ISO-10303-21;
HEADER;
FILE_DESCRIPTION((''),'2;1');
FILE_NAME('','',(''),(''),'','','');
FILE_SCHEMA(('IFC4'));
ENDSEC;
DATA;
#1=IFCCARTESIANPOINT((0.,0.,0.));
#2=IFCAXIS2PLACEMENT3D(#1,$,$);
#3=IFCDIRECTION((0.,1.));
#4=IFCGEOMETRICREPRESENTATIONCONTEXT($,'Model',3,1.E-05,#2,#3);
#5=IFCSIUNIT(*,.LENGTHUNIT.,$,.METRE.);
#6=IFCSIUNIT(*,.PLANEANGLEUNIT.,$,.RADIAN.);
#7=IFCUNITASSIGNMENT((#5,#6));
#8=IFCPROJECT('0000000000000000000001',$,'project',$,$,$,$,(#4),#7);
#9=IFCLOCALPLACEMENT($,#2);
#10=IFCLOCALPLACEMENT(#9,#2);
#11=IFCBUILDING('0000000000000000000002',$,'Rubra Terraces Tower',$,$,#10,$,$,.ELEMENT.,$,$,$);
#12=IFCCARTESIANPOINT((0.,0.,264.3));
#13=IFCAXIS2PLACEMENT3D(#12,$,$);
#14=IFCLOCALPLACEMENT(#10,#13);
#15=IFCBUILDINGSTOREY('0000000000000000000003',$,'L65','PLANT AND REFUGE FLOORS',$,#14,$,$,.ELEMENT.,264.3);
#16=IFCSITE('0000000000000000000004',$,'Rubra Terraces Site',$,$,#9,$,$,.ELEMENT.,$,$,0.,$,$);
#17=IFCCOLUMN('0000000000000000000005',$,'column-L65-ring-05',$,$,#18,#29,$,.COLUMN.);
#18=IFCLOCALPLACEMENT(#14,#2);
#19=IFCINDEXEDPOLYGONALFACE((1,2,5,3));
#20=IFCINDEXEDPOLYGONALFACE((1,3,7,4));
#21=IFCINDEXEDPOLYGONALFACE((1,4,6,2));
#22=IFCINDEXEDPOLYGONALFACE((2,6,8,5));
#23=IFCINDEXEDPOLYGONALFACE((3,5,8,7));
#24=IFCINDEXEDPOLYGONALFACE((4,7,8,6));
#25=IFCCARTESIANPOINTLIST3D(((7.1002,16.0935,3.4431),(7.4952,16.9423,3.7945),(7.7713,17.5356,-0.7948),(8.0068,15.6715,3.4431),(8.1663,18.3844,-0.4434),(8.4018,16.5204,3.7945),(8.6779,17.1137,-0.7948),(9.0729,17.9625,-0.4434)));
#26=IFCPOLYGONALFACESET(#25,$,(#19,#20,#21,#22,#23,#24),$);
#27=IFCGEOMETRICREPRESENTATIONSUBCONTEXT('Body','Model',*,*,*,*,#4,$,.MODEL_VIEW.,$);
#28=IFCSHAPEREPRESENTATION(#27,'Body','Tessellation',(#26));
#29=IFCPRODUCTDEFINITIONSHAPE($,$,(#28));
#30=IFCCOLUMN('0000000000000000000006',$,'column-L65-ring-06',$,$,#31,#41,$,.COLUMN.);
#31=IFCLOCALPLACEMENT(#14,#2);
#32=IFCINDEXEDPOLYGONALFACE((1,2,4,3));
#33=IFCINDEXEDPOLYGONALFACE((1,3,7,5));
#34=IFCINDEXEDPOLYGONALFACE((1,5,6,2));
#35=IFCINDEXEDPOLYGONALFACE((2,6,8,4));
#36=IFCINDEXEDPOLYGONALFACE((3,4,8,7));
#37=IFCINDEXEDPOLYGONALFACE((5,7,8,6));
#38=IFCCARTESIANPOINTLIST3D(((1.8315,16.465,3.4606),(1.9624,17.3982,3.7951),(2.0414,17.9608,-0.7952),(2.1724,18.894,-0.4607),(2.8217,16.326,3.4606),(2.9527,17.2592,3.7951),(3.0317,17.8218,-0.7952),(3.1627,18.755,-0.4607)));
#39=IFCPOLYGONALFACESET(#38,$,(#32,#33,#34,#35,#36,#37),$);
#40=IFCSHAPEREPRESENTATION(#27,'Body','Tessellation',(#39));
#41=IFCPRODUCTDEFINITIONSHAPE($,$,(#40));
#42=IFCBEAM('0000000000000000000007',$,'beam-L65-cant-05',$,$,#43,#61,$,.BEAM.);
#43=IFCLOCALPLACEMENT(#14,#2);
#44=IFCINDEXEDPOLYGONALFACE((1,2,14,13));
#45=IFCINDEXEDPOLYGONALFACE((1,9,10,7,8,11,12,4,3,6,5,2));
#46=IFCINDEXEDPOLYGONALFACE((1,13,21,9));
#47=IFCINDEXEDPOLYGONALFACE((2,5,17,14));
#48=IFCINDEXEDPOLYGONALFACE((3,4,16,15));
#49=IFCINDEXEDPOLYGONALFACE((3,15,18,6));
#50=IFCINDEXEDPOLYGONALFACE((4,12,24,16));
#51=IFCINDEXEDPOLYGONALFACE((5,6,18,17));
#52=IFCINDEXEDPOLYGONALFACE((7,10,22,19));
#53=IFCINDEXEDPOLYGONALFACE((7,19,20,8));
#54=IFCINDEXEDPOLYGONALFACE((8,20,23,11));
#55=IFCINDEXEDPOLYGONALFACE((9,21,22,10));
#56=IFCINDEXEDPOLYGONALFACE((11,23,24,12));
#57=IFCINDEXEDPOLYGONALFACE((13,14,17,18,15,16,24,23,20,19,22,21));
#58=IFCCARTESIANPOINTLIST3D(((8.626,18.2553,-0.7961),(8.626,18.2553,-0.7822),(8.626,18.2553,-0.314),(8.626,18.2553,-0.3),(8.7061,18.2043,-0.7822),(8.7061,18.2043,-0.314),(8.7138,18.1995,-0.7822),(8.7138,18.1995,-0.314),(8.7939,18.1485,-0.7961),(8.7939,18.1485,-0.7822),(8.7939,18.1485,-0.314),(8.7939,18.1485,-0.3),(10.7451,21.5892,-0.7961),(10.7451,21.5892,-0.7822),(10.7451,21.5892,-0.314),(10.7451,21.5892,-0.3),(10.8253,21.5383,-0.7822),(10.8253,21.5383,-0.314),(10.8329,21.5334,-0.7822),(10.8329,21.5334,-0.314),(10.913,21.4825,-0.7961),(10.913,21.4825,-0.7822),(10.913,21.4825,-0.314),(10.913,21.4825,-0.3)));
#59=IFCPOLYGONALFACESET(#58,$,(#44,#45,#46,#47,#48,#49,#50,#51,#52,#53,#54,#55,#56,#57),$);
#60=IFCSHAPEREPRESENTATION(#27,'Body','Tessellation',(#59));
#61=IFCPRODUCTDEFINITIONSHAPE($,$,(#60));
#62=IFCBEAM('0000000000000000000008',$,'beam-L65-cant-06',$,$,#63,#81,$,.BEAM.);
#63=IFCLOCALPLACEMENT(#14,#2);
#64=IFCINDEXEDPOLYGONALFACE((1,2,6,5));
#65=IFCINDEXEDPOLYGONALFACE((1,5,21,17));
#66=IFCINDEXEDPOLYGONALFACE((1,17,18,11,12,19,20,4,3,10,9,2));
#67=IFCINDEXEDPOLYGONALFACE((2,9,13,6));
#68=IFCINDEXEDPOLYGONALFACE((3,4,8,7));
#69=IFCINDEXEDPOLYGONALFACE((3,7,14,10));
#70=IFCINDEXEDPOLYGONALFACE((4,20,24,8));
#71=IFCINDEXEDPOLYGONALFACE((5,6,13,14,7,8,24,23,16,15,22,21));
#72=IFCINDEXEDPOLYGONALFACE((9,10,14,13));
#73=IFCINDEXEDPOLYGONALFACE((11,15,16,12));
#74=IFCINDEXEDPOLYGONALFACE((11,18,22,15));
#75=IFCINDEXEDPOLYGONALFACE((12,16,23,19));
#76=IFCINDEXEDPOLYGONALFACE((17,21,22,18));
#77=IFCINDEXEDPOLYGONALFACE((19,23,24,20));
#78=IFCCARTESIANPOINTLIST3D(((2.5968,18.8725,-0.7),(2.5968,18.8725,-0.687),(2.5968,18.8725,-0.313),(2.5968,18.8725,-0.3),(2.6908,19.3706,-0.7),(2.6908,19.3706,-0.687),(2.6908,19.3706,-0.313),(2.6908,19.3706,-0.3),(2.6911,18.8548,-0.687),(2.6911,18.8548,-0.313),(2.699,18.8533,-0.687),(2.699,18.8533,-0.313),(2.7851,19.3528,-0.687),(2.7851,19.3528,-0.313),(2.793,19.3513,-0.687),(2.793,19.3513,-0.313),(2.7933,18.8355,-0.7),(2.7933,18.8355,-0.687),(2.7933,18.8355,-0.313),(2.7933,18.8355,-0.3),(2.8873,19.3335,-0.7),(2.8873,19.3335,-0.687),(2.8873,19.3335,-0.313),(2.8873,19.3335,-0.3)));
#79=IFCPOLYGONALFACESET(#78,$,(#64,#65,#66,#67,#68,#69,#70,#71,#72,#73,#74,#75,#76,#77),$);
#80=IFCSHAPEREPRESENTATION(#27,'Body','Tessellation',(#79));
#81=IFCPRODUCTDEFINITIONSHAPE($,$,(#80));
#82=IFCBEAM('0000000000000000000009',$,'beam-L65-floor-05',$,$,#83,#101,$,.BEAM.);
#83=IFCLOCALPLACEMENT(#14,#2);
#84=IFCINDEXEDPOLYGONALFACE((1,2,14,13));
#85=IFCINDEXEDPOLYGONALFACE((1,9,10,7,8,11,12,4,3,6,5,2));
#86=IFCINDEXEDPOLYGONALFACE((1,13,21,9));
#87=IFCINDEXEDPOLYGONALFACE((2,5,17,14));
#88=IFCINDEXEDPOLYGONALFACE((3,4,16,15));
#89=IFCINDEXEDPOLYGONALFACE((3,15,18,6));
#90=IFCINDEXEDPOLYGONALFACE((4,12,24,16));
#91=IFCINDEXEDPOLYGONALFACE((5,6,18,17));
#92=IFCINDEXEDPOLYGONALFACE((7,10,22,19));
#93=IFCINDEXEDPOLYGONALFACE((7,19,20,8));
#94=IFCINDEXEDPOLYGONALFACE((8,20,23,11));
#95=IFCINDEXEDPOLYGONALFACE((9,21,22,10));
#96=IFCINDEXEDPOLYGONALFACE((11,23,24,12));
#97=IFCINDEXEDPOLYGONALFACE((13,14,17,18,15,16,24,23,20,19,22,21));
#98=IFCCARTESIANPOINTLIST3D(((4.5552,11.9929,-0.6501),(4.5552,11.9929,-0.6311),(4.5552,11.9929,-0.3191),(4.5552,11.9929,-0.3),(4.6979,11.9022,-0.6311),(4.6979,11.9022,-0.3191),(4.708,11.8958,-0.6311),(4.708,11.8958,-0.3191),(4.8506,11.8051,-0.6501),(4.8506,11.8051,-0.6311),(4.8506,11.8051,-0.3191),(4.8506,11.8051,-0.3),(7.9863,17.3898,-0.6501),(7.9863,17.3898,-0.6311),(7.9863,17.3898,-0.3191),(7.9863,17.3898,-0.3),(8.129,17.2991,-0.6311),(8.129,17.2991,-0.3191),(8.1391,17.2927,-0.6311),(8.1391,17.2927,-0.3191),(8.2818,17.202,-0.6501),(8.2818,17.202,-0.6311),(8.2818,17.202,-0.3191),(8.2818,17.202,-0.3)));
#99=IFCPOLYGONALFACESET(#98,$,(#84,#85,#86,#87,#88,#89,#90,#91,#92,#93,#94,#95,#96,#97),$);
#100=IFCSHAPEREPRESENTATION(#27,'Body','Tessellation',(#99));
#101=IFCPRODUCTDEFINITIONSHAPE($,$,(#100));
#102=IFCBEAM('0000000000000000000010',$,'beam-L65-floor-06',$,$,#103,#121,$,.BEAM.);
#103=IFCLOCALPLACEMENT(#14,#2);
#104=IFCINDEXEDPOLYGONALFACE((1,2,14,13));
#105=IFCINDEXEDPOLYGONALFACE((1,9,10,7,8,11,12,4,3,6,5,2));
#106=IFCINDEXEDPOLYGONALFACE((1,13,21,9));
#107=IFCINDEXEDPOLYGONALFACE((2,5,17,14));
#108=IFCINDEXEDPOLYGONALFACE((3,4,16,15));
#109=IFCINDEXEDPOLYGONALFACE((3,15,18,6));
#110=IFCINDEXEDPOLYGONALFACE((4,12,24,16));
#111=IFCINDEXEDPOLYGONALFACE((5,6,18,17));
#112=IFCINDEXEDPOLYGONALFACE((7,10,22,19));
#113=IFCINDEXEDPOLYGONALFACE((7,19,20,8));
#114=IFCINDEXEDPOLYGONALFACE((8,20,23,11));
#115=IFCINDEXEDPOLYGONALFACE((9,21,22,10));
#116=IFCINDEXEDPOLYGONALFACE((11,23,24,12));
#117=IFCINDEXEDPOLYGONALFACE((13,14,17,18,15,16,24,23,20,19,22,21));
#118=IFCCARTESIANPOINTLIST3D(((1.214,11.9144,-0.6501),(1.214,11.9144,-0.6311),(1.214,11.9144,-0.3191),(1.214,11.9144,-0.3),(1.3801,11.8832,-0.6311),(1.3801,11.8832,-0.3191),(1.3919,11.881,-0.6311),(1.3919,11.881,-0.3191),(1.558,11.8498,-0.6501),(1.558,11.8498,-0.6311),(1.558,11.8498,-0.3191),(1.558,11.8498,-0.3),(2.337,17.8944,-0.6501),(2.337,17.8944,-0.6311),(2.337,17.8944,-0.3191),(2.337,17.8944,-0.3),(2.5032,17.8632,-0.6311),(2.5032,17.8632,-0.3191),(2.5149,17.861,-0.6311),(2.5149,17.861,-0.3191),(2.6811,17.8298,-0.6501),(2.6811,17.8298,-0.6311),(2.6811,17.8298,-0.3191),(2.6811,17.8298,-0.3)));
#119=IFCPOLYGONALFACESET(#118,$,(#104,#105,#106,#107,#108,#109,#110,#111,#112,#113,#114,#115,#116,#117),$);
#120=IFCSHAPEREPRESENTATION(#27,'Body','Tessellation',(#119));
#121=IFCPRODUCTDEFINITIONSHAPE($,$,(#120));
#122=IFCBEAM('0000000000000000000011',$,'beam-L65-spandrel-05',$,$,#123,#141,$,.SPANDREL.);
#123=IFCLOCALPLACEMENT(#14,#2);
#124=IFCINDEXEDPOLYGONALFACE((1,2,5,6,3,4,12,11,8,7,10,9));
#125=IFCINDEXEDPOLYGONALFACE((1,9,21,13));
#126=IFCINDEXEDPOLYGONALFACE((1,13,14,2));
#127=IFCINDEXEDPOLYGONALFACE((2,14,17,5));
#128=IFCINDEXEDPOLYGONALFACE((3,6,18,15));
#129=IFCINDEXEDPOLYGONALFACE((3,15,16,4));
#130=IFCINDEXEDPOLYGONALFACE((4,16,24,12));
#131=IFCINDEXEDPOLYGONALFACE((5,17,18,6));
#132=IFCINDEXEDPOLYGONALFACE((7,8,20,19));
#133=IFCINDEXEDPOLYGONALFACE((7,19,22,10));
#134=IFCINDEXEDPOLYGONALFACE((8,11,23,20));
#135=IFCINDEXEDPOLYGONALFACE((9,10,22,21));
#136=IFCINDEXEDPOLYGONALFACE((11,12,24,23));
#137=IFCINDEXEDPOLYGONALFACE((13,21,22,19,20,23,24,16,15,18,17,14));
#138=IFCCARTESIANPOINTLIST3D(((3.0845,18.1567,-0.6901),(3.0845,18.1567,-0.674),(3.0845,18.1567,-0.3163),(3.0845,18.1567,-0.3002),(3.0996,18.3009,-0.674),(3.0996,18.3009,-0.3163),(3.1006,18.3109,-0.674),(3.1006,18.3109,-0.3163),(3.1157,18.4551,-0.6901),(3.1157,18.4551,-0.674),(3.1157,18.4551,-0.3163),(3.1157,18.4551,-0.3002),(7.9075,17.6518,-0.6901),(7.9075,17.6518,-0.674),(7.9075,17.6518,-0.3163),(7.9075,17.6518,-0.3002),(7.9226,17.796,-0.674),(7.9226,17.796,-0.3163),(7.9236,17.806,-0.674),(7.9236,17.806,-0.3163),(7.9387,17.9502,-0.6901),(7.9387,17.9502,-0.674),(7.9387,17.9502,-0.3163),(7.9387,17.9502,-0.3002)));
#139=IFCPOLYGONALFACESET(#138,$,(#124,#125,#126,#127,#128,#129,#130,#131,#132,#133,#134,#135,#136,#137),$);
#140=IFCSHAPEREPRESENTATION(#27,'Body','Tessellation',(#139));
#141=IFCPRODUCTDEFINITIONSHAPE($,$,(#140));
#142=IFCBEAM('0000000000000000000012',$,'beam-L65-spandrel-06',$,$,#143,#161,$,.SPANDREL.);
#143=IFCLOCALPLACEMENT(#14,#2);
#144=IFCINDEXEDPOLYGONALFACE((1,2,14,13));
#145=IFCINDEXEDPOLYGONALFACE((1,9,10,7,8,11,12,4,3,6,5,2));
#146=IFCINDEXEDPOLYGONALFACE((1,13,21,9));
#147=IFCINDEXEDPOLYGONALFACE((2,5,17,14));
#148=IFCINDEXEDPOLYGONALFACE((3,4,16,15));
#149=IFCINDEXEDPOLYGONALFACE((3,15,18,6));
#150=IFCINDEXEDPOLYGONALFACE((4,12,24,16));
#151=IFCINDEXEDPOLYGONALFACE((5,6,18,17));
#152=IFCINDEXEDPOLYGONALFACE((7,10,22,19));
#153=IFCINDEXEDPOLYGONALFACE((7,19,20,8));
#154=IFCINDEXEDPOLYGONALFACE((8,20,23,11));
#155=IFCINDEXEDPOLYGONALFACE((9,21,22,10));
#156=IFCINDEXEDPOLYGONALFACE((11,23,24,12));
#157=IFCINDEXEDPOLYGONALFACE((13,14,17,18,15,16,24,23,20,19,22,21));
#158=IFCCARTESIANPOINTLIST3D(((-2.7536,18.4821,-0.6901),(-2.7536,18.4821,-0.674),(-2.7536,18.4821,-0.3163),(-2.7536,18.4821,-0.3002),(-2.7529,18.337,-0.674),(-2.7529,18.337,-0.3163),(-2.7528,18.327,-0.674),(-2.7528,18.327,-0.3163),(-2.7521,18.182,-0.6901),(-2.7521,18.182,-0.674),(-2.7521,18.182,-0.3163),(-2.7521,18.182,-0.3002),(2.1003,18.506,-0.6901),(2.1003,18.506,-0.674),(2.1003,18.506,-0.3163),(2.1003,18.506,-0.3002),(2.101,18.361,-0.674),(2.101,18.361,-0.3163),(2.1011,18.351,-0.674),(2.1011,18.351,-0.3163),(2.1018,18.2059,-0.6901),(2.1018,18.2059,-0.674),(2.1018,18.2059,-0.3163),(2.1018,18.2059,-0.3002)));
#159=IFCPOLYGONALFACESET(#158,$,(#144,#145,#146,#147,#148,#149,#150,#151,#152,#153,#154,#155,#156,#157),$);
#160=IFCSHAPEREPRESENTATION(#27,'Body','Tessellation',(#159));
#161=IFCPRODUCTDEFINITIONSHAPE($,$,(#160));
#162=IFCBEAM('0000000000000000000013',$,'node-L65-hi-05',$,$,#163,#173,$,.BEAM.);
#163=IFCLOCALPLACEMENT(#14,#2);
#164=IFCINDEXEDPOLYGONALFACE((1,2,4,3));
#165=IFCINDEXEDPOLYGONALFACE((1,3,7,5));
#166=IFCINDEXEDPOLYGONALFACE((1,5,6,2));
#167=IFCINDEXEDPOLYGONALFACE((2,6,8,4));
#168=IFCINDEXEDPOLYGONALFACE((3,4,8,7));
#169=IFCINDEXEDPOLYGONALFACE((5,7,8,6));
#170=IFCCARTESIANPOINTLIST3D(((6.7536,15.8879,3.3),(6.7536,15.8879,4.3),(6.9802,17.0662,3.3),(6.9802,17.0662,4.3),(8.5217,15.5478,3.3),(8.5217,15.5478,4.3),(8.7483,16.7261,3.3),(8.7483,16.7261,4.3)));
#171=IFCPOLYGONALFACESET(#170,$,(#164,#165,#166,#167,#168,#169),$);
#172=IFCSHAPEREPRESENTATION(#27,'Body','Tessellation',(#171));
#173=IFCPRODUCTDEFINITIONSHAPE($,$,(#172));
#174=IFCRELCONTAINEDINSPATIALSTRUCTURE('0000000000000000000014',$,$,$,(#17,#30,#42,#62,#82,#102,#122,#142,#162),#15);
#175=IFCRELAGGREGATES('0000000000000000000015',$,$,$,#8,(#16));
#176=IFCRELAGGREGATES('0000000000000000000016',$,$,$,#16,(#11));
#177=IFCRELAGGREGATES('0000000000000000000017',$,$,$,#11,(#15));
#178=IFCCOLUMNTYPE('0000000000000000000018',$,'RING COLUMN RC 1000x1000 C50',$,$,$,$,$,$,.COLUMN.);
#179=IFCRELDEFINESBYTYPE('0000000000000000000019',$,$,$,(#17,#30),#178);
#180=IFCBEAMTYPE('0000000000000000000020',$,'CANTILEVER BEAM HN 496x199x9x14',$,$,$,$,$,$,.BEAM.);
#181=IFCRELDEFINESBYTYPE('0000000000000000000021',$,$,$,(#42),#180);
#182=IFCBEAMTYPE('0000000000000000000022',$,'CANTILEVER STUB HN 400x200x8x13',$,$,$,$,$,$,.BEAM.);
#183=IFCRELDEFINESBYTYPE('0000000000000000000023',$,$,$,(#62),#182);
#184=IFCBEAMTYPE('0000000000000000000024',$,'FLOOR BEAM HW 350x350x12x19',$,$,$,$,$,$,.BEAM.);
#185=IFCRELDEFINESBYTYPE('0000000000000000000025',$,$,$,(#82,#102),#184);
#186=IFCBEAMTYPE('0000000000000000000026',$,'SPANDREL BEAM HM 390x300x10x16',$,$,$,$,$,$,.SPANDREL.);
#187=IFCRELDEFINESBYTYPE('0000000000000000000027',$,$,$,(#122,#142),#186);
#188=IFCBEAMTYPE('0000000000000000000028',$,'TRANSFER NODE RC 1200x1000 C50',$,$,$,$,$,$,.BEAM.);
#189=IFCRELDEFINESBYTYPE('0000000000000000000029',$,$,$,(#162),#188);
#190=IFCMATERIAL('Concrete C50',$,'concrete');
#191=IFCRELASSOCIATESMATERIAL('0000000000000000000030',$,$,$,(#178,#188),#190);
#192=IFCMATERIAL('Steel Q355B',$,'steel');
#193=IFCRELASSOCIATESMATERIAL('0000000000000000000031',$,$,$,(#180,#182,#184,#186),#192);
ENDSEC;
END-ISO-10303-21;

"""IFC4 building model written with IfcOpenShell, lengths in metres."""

from ifc_helpers import new_model, si_unit, direction, frame, origin, origin_2d, place, context, subcontext, project, spatial, rectangle, i_section, extrude, material, material_profile, profile_set, type_object, element, save


model = new_model("IFC4")

# Units and contexts
model_context = context("Model", 3, precision=1e-05, world=origin(), true_north=direction((0.0, 1.0)))
body_context = subcontext(model_context, "Body", "Model", "MODEL_VIEW")
ifc_project = project(units=[si_unit("LENGTHUNIT", "METRE"), si_unit("PLANEANGLEUNIT", "RADIAN")], contexts=[model_context])

# Site, building, storey
site_placement = place(None, origin())
site = spatial("IfcSite", under=ifc_project, at=site_placement, Name="Rubra Terraces Site", CompositionType="ELEMENT", RefElevation=0.0)
building_placement = place(site_placement, origin())
building = spatial("IfcBuilding", under=site, at=building_placement, Name="Rubra Terraces Tower", CompositionType="ELEMENT")
storey_placement = place(building_placement, frame((0.0, 0.0, 264.3)))
storey = spatial("IfcBuildingStorey", under=building, at=storey_placement, Name="L65", Description="PLANT AND REFUGE FLOORS", CompositionType="ELEMENT", Elevation=264.3)

# Columns
ifc_material_1 = material(Name="Concrete C50", Category="concrete")
ifc_material_profile_1 = material_profile(ifc_material_1, rectangle(XDim=1.0, YDim=1.0, at=origin_2d()), Name="RC 1000x1000")
ifc_profile_set_1 = profile_set([ifc_material_profile_1], Name="Concrete C50")
column_type = type_object("IfcColumnType", Name="RING COLUMN RC 1000x1000 C50", PredefinedType="COLUMN", material=ifc_profile_set_1)
column_1_placement = place(storey_placement, frame((8.4221, 17.749, -0.6191), z_axis=(-0.148263, -0.318584, 0.936228), x_axis=(0.90663, -0.421927, 0.0)))
element("IfcColumn", 1, at=column_1_placement, inside=storey, type_object=column_type, Name="column-L65-ring-05", PredefinedType="COLUMN", context=body_context, shape_type="SweptSolid", body=[
    extrude(rectangle(XDim=1.0, YDim=1.0, at=origin_2d()), origin(), (0.0, 0.0, 1.0), 4.5266),
])
column_2_placement = place(storey_placement, frame((2.6021, 18.3579, -0.6279), z_axis=(-0.046493, -0.331235, 0.942402), x_axis=(0.990292, -0.139, 0.0)))
element("IfcColumn", 2, at=column_2_placement, inside=storey, type_object=column_type, Name="column-L65-ring-06", PredefinedType="COLUMN", context=body_context, shape_type="SweptSolid", body=[
    extrude(rectangle(XDim=1.0, YDim=1.0, at=origin_2d()), origin(), (0.0, 0.0, 1.0), 4.5159),
])

# Beams
ifc_material_2 = material(Name="Steel Q355B", Category="steel")
ifc_material_profile_2 = material_profile(ifc_material_2, i_section(OverallWidth=0.199, OverallDepth=0.4961, WebThickness=0.009, FlangeThickness=0.0139, at=origin_2d()), Name="HN 496x199x9x14")
ifc_profile_set_2 = profile_set([ifc_material_profile_2], Name="Steel Q355B")
beam_type_1 = type_object("IfcBeamType", Name="CANTILEVER BEAM HN 496x199x9x14", PredefinedType="BEAM", material=ifc_profile_set_2)
beam_1_placement = place(storey_placement, frame((8.71, 18.2019, -0.5481), z_axis=(0.536428, 0.843946, 0.0), x_axis=(-0.843946, 0.536428, 0.0)))
element("IfcBeam", 3, at=beam_1_placement, inside=storey, type_object=beam_type_1, Name="beam-L65-cant-05", PredefinedType="BEAM", context=body_context, shape_type="SweptSolid", body=[
    extrude(i_section(OverallWidth=0.199, OverallDepth=0.4961, WebThickness=0.009, FlangeThickness=0.0139, at=origin_2d()), origin(), (0.0, 0.0, 1.0), 3.9504),
])
ifc_material_profile_3 = material_profile(ifc_material_2, i_section(OverallWidth=0.2, OverallDepth=0.3999, WebThickness=0.0081, FlangeThickness=0.0129, at=origin_2d()), Name="HN 400x200x8x13")
ifc_profile_set_3 = profile_set([ifc_material_profile_3], Name="Steel Q355B")
beam_type_2 = type_object("IfcBeamType", Name="CANTILEVER STUB HN 400x200x8x13", PredefinedType="BEAM", material=ifc_profile_set_3)
beam_2_placement = place(storey_placement, frame((2.6951, 18.854, -0.5), z_axis=(0.185452, 0.982653, 0.0), x_axis=(-0.982653, 0.185452, 0.0)))
element("IfcBeam", 4, at=beam_2_placement, inside=storey, type_object=beam_type_2, Name="beam-L65-cant-06", PredefinedType="BEAM", context=body_context, shape_type="SweptSolid", body=[
    extrude(i_section(OverallWidth=0.2, OverallDepth=0.3999, WebThickness=0.0081, FlangeThickness=0.0129, at=origin_2d()), origin(), (0.0, 0.0, 1.0), 0.5068),
])
ifc_material_profile_4 = material_profile(ifc_material_2, i_section(OverallWidth=0.3501, OverallDepth=0.3501, WebThickness=0.012, FlangeThickness=0.019, at=origin_2d()), Name="HW 350x350x12x19")
ifc_profile_set_4 = profile_set([ifc_material_profile_4], Name="Steel Q355B")
beam_type_3 = type_object("IfcBeamType", Name="FLOOR BEAM HW 350x350x12x19", PredefinedType="BEAM", material=ifc_profile_set_4)
beam_3_placement = place(storey_placement, frame((8.134, 17.2959, -0.4751), z_axis=(-0.53651, -0.843894, 0.0), x_axis=(0.843894, -0.53651, 0.0)))
element("IfcBeam", 5, at=beam_3_placement, inside=storey, type_object=beam_type_3, Name="beam-L65-floor-05", PredefinedType="BEAM", context=body_context, shape_type="SweptSolid", body=[
    extrude(i_section(OverallWidth=0.3501, OverallDepth=0.3501, WebThickness=0.012, FlangeThickness=0.019, at=origin_2d()), origin(), (0.0, 0.0, 1.0), 6.3953),
])
beam_4_placement = place(storey_placement, frame((2.509, 17.8621, -0.4751), z_axis=(-0.184574, -0.982819, 0.0), x_axis=(0.982819, -0.184574, 0.0)))
element("IfcBeam", 6, at=beam_4_placement, inside=storey, type_object=beam_type_3, Name="beam-L65-floor-06", PredefinedType="BEAM", context=body_context, shape_type="SweptSolid", body=[
    extrude(i_section(OverallWidth=0.3501, OverallDepth=0.3501, WebThickness=0.012, FlangeThickness=0.019, at=origin_2d()), origin(), (0.0, 0.0, 1.0), 6.0845),
])
ifc_material_profile_5 = material_profile(ifc_material_2, i_section(OverallWidth=0.3, OverallDepth=0.3899, WebThickness=0.01, FlangeThickness=0.0161, at=origin_2d()), Name="HM 390x300x10x16")
ifc_profile_set_5 = profile_set([ifc_material_profile_5], Name="Steel Q355B")
beam_type_4 = type_object("IfcBeamType", Name="SPANDREL BEAM HM 390x300x10x16", PredefinedType="SPANDREL", material=ifc_profile_set_5)
beam_5_placement = place(storey_placement, frame((7.9231, 17.801, -0.4951), z_axis=(-0.994565, 0.104113, 0.0), x_axis=(-0.104113, -0.994565, 0.0)))
element("IfcBeam", 7, at=beam_5_placement, inside=storey, type_object=beam_type_4, Name="beam-L65-spandrel-05", PredefinedType="SPANDREL", context=body_context, shape_type="SweptSolid", body=[
    extrude(i_section(OverallWidth=0.3, OverallDepth=0.3899, WebThickness=0.01, FlangeThickness=0.0161, at=origin_2d()), origin(), (0.0, 0.0, 1.0), 4.8494),
])
beam_6_placement = place(storey_placement, frame((2.1011, 18.356, -0.4951), z_axis=(-0.999988, -0.004929, 0.0), x_axis=(0.004929, -0.999988, 0.0)))
element("IfcBeam", 8, at=beam_6_placement, inside=storey, type_object=beam_type_4, Name="beam-L65-spandrel-06", PredefinedType="SPANDREL", context=body_context, shape_type="SweptSolid", body=[
    extrude(i_section(OverallWidth=0.3, OverallDepth=0.3899, WebThickness=0.01, FlangeThickness=0.0161, at=origin_2d()), origin(), (0.0, 0.0, 1.0), 4.854),
])
ifc_material_profile_6 = material_profile(ifc_material_1, rectangle(XDim=1.2, YDim=1.0, at=origin_2d()), Name="RC 1200x1000")
ifc_profile_set_6 = profile_set([ifc_material_profile_6], Name="Concrete C50")
beam_type_5 = type_object("IfcBeamType", Name="TRANSFER NODE RC 1200x1000 C50", PredefinedType="BEAM", material=ifc_profile_set_6)
beam_7_placement = place(storey_placement, frame((8.635, 16.137, 3.8), z_axis=(-0.981999, 0.188888, 0.0), x_axis=(-0.188888, -0.981999, 0.0)))
element("IfcBeam", 9, at=beam_7_placement, inside=storey, type_object=beam_type_5, Name="node-L65-hi-05", PredefinedType="BEAM", context=body_context, shape_type="SweptSolid", body=[
    extrude(rectangle(XDim=1.2, YDim=1.0, at=origin_2d()), origin(), (0.0, 0.0, 1.0), 1.8005),
])

save(model, "model.ifc")
